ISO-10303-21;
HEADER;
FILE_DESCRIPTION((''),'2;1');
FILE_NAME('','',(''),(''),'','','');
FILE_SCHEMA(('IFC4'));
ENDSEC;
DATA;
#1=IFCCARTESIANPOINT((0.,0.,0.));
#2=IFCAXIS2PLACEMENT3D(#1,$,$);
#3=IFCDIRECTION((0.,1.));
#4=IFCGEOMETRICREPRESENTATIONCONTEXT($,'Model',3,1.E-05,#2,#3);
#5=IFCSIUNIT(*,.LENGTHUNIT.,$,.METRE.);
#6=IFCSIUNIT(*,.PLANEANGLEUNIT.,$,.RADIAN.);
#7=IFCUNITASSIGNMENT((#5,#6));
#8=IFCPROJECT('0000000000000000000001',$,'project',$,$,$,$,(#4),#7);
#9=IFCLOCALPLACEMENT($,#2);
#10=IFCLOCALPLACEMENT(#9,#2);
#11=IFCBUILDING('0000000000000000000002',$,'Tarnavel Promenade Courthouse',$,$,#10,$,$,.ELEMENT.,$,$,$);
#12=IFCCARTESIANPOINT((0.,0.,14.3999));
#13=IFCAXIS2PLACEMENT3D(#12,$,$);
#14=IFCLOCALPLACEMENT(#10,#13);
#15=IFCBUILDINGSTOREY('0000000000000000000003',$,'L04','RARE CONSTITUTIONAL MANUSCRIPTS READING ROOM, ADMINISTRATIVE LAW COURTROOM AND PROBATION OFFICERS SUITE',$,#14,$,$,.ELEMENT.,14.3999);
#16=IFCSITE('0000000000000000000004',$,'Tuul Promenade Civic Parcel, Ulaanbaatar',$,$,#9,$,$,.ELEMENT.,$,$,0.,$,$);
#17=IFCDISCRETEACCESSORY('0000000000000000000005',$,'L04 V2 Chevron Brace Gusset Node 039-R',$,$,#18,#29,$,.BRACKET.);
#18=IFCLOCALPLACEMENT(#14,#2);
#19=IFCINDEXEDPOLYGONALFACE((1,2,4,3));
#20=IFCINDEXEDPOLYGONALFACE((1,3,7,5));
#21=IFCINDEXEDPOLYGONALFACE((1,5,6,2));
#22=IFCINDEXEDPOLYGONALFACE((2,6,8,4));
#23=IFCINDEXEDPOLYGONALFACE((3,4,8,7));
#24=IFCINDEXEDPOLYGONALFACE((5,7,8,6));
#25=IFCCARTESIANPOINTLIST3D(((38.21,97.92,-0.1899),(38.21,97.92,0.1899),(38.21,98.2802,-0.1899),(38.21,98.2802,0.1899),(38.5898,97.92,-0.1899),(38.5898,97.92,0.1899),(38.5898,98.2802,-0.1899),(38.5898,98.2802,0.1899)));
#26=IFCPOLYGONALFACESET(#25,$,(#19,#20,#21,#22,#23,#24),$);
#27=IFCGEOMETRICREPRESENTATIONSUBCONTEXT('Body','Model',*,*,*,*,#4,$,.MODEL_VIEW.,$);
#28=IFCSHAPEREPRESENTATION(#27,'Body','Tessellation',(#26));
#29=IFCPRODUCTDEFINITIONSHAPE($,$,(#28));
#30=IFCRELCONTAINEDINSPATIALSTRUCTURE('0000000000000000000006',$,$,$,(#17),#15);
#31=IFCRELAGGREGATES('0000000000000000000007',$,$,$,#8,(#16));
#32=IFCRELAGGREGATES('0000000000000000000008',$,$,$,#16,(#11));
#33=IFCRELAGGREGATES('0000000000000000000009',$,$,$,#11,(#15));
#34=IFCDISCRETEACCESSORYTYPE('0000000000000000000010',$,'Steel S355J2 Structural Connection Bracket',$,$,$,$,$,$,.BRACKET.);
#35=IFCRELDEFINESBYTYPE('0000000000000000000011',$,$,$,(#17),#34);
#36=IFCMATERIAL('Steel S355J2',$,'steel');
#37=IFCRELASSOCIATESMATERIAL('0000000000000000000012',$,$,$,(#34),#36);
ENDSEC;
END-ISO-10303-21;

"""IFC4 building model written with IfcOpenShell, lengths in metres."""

from ifc_helpers import new_model, si_unit, direction, frame, origin, origin_2d, place, context, subcontext, project, spatial, rectangle, extrude, material, type_object, element, save


model = new_model("IFC4")

# Units and contexts
model_context = context("Model", 3, precision=1e-05, world=origin(), true_north=direction((0.0, 1.0)))
body_context = subcontext(model_context, "Body", "Model", "MODEL_VIEW")
ifc_project = project(units=[si_unit("LENGTHUNIT", "METRE"), si_unit("PLANEANGLEUNIT", "RADIAN")], contexts=[model_context])

# Site, building, storey
site_placement = place(None, origin())
site = spatial("IfcSite", under=ifc_project, at=site_placement, Name="Tuul Promenade Civic Parcel, Ulaanbaatar", CompositionType="ELEMENT", RefElevation=0.0)
building_placement = place(site_placement, origin())
building = spatial("IfcBuilding", under=site, at=building_placement, Name="Tarnavel Promenade Courthouse", CompositionType="ELEMENT")
storey_placement = place(building_placement, frame((0.0, 0.0, 14.3999)))
storey = spatial("IfcBuildingStorey", under=building, at=storey_placement, Name="L04", Description="RARE CONSTITUTIONAL MANUSCRIPTS READING ROOM, ADMINISTRATIVE LAW COURTROOM AND PROBATION OFFICERS SUITE", CompositionType="ELEMENT", Elevation=14.3999)

# Shared definitions
ifc_material_1 = material(Name="Steel S355J2", Category="steel")

# Discrete accessory
discrete_accessory_type = type_object("IfcDiscreteAccessoryType", Name="Steel S355J2 Structural Connection Bracket", PredefinedType="BRACKET", material=ifc_material_1)
discrete_accessory_placement = place(storey_placement, frame((38.3999, 98.1001, -0.1899), z_axis=(0.0, 0.0, 1.0), x_axis=(1.0, 0.0, 0.0)))
element("IfcDiscreteAccessory", 1, at=discrete_accessory_placement, inside=storey, type_object=discrete_accessory_type, Name="L04 V2 Chevron Brace Gusset Node 039-R", PredefinedType="BRACKET", context=body_context, shape_type="SweptSolid", body=[
    extrude(rectangle(XDim=0.3799, YDim=0.3601, at=origin_2d()), origin(), (0.0, 0.0, 1.0), 0.3799),
])

save(model, "model.ifc")
